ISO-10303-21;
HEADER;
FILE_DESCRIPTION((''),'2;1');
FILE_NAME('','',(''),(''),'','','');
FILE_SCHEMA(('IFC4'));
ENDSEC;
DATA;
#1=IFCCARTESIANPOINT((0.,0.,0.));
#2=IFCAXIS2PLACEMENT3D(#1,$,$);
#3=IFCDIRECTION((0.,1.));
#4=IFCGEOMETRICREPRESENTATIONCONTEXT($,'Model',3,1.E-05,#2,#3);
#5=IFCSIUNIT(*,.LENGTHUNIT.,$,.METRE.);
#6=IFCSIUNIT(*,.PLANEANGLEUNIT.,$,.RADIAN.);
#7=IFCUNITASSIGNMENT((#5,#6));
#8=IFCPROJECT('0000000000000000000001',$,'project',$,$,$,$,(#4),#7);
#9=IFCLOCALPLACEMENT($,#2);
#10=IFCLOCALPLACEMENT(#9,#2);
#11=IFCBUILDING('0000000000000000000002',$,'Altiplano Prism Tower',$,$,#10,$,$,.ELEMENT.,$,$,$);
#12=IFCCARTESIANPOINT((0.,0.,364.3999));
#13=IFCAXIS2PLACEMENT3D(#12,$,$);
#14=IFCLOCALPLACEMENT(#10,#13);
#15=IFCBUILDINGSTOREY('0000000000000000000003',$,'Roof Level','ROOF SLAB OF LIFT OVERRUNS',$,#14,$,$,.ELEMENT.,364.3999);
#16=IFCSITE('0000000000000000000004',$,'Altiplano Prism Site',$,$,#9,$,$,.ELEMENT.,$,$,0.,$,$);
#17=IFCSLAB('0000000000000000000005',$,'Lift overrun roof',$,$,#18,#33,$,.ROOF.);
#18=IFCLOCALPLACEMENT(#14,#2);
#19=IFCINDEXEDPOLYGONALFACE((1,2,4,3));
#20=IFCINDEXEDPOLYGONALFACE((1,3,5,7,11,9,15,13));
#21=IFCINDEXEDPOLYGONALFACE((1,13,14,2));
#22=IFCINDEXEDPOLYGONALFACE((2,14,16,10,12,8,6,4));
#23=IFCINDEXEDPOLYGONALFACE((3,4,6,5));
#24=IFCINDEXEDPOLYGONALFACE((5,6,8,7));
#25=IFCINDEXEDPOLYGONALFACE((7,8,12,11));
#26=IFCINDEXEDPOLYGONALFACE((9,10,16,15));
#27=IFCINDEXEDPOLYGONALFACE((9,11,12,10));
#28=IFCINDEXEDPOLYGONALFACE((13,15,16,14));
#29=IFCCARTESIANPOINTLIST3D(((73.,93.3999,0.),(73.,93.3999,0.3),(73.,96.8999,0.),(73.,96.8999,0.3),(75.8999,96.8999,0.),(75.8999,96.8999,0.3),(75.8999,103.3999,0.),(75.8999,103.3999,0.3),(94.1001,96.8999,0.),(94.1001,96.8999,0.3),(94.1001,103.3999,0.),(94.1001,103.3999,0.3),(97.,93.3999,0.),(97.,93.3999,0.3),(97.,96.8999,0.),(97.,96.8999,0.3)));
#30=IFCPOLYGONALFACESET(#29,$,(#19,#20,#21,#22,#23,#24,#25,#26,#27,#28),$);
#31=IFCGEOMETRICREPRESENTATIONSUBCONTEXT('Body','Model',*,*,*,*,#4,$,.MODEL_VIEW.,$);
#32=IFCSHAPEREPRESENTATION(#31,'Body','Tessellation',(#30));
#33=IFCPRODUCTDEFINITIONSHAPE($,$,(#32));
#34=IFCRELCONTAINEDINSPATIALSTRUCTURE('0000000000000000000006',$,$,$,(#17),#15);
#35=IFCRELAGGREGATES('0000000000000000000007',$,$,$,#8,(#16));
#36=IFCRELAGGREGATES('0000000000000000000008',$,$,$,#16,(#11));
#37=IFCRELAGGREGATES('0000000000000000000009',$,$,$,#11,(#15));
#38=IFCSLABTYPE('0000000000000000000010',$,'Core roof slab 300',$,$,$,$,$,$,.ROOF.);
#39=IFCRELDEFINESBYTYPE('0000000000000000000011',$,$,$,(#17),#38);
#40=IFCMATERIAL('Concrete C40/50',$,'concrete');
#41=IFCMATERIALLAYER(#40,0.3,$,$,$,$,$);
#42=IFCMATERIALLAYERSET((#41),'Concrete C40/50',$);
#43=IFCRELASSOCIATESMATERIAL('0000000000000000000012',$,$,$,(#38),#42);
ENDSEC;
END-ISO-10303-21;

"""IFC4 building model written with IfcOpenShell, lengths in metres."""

from ifc_helpers import new_model, si_unit, direction, frame, origin, place, context, subcontext, project, spatial, polyline, outline, extrude, material, layer, layer_set, type_object, element, save


model = new_model("IFC4")

# Units and contexts
model_context = context("Model", 3, precision=1e-05, world=origin(), true_north=direction((0.0, 1.0)))
body_context = subcontext(model_context, "Body", "Model", "MODEL_VIEW")
ifc_project = project(units=[si_unit("LENGTHUNIT", "METRE"), si_unit("PLANEANGLEUNIT", "RADIAN")], contexts=[model_context])

# Site, building, storey
site_placement = place(None, origin())
site = spatial("IfcSite", under=ifc_project, at=site_placement, Name="Altiplano Prism Site", CompositionType="ELEMENT", RefElevation=0.0)
building_placement = place(site_placement, origin())
building = spatial("IfcBuilding", under=site, at=building_placement, Name="Altiplano Prism Tower", CompositionType="ELEMENT")
storey_placement = place(building_placement, frame((0.0, 0.0, 364.3999)))
storey = spatial("IfcBuildingStorey", under=building, at=storey_placement, Name="Roof Level", Description="ROOF SLAB OF LIFT OVERRUNS", CompositionType="ELEMENT", Elevation=364.3999)

# Slab
ifc_material = material(Name="Concrete C40/50", Category="concrete")
ifc_layer = layer(ifc_material, 0.3)
ifc_layer_set = layer_set([ifc_layer], Name="Concrete C40/50")
slab_type = type_object("IfcSlabType", Name="Core roof slab 300", PredefinedType="ROOF", material=ifc_layer_set)
slab_placement = place(storey_placement, origin())
element("IfcSlab", 1, at=slab_placement, inside=storey, type_object=slab_type, Name="Lift overrun roof", PredefinedType="ROOF", context=body_context, shape_type="SweptSolid", body=[
    extrude(outline(polyline([(75.8999, 96.8999), (73.0, 96.8999), (73.0, 93.3999), (97.0, 93.3999), (97.0, 96.8999), (94.1001, 96.8999), (94.1001, 103.3999), (75.8999, 103.3999), (75.8999, 96.8999)])), origin(), (0.0, 0.0, 1.0), 0.3),
])

save(model, "model.ifc")
